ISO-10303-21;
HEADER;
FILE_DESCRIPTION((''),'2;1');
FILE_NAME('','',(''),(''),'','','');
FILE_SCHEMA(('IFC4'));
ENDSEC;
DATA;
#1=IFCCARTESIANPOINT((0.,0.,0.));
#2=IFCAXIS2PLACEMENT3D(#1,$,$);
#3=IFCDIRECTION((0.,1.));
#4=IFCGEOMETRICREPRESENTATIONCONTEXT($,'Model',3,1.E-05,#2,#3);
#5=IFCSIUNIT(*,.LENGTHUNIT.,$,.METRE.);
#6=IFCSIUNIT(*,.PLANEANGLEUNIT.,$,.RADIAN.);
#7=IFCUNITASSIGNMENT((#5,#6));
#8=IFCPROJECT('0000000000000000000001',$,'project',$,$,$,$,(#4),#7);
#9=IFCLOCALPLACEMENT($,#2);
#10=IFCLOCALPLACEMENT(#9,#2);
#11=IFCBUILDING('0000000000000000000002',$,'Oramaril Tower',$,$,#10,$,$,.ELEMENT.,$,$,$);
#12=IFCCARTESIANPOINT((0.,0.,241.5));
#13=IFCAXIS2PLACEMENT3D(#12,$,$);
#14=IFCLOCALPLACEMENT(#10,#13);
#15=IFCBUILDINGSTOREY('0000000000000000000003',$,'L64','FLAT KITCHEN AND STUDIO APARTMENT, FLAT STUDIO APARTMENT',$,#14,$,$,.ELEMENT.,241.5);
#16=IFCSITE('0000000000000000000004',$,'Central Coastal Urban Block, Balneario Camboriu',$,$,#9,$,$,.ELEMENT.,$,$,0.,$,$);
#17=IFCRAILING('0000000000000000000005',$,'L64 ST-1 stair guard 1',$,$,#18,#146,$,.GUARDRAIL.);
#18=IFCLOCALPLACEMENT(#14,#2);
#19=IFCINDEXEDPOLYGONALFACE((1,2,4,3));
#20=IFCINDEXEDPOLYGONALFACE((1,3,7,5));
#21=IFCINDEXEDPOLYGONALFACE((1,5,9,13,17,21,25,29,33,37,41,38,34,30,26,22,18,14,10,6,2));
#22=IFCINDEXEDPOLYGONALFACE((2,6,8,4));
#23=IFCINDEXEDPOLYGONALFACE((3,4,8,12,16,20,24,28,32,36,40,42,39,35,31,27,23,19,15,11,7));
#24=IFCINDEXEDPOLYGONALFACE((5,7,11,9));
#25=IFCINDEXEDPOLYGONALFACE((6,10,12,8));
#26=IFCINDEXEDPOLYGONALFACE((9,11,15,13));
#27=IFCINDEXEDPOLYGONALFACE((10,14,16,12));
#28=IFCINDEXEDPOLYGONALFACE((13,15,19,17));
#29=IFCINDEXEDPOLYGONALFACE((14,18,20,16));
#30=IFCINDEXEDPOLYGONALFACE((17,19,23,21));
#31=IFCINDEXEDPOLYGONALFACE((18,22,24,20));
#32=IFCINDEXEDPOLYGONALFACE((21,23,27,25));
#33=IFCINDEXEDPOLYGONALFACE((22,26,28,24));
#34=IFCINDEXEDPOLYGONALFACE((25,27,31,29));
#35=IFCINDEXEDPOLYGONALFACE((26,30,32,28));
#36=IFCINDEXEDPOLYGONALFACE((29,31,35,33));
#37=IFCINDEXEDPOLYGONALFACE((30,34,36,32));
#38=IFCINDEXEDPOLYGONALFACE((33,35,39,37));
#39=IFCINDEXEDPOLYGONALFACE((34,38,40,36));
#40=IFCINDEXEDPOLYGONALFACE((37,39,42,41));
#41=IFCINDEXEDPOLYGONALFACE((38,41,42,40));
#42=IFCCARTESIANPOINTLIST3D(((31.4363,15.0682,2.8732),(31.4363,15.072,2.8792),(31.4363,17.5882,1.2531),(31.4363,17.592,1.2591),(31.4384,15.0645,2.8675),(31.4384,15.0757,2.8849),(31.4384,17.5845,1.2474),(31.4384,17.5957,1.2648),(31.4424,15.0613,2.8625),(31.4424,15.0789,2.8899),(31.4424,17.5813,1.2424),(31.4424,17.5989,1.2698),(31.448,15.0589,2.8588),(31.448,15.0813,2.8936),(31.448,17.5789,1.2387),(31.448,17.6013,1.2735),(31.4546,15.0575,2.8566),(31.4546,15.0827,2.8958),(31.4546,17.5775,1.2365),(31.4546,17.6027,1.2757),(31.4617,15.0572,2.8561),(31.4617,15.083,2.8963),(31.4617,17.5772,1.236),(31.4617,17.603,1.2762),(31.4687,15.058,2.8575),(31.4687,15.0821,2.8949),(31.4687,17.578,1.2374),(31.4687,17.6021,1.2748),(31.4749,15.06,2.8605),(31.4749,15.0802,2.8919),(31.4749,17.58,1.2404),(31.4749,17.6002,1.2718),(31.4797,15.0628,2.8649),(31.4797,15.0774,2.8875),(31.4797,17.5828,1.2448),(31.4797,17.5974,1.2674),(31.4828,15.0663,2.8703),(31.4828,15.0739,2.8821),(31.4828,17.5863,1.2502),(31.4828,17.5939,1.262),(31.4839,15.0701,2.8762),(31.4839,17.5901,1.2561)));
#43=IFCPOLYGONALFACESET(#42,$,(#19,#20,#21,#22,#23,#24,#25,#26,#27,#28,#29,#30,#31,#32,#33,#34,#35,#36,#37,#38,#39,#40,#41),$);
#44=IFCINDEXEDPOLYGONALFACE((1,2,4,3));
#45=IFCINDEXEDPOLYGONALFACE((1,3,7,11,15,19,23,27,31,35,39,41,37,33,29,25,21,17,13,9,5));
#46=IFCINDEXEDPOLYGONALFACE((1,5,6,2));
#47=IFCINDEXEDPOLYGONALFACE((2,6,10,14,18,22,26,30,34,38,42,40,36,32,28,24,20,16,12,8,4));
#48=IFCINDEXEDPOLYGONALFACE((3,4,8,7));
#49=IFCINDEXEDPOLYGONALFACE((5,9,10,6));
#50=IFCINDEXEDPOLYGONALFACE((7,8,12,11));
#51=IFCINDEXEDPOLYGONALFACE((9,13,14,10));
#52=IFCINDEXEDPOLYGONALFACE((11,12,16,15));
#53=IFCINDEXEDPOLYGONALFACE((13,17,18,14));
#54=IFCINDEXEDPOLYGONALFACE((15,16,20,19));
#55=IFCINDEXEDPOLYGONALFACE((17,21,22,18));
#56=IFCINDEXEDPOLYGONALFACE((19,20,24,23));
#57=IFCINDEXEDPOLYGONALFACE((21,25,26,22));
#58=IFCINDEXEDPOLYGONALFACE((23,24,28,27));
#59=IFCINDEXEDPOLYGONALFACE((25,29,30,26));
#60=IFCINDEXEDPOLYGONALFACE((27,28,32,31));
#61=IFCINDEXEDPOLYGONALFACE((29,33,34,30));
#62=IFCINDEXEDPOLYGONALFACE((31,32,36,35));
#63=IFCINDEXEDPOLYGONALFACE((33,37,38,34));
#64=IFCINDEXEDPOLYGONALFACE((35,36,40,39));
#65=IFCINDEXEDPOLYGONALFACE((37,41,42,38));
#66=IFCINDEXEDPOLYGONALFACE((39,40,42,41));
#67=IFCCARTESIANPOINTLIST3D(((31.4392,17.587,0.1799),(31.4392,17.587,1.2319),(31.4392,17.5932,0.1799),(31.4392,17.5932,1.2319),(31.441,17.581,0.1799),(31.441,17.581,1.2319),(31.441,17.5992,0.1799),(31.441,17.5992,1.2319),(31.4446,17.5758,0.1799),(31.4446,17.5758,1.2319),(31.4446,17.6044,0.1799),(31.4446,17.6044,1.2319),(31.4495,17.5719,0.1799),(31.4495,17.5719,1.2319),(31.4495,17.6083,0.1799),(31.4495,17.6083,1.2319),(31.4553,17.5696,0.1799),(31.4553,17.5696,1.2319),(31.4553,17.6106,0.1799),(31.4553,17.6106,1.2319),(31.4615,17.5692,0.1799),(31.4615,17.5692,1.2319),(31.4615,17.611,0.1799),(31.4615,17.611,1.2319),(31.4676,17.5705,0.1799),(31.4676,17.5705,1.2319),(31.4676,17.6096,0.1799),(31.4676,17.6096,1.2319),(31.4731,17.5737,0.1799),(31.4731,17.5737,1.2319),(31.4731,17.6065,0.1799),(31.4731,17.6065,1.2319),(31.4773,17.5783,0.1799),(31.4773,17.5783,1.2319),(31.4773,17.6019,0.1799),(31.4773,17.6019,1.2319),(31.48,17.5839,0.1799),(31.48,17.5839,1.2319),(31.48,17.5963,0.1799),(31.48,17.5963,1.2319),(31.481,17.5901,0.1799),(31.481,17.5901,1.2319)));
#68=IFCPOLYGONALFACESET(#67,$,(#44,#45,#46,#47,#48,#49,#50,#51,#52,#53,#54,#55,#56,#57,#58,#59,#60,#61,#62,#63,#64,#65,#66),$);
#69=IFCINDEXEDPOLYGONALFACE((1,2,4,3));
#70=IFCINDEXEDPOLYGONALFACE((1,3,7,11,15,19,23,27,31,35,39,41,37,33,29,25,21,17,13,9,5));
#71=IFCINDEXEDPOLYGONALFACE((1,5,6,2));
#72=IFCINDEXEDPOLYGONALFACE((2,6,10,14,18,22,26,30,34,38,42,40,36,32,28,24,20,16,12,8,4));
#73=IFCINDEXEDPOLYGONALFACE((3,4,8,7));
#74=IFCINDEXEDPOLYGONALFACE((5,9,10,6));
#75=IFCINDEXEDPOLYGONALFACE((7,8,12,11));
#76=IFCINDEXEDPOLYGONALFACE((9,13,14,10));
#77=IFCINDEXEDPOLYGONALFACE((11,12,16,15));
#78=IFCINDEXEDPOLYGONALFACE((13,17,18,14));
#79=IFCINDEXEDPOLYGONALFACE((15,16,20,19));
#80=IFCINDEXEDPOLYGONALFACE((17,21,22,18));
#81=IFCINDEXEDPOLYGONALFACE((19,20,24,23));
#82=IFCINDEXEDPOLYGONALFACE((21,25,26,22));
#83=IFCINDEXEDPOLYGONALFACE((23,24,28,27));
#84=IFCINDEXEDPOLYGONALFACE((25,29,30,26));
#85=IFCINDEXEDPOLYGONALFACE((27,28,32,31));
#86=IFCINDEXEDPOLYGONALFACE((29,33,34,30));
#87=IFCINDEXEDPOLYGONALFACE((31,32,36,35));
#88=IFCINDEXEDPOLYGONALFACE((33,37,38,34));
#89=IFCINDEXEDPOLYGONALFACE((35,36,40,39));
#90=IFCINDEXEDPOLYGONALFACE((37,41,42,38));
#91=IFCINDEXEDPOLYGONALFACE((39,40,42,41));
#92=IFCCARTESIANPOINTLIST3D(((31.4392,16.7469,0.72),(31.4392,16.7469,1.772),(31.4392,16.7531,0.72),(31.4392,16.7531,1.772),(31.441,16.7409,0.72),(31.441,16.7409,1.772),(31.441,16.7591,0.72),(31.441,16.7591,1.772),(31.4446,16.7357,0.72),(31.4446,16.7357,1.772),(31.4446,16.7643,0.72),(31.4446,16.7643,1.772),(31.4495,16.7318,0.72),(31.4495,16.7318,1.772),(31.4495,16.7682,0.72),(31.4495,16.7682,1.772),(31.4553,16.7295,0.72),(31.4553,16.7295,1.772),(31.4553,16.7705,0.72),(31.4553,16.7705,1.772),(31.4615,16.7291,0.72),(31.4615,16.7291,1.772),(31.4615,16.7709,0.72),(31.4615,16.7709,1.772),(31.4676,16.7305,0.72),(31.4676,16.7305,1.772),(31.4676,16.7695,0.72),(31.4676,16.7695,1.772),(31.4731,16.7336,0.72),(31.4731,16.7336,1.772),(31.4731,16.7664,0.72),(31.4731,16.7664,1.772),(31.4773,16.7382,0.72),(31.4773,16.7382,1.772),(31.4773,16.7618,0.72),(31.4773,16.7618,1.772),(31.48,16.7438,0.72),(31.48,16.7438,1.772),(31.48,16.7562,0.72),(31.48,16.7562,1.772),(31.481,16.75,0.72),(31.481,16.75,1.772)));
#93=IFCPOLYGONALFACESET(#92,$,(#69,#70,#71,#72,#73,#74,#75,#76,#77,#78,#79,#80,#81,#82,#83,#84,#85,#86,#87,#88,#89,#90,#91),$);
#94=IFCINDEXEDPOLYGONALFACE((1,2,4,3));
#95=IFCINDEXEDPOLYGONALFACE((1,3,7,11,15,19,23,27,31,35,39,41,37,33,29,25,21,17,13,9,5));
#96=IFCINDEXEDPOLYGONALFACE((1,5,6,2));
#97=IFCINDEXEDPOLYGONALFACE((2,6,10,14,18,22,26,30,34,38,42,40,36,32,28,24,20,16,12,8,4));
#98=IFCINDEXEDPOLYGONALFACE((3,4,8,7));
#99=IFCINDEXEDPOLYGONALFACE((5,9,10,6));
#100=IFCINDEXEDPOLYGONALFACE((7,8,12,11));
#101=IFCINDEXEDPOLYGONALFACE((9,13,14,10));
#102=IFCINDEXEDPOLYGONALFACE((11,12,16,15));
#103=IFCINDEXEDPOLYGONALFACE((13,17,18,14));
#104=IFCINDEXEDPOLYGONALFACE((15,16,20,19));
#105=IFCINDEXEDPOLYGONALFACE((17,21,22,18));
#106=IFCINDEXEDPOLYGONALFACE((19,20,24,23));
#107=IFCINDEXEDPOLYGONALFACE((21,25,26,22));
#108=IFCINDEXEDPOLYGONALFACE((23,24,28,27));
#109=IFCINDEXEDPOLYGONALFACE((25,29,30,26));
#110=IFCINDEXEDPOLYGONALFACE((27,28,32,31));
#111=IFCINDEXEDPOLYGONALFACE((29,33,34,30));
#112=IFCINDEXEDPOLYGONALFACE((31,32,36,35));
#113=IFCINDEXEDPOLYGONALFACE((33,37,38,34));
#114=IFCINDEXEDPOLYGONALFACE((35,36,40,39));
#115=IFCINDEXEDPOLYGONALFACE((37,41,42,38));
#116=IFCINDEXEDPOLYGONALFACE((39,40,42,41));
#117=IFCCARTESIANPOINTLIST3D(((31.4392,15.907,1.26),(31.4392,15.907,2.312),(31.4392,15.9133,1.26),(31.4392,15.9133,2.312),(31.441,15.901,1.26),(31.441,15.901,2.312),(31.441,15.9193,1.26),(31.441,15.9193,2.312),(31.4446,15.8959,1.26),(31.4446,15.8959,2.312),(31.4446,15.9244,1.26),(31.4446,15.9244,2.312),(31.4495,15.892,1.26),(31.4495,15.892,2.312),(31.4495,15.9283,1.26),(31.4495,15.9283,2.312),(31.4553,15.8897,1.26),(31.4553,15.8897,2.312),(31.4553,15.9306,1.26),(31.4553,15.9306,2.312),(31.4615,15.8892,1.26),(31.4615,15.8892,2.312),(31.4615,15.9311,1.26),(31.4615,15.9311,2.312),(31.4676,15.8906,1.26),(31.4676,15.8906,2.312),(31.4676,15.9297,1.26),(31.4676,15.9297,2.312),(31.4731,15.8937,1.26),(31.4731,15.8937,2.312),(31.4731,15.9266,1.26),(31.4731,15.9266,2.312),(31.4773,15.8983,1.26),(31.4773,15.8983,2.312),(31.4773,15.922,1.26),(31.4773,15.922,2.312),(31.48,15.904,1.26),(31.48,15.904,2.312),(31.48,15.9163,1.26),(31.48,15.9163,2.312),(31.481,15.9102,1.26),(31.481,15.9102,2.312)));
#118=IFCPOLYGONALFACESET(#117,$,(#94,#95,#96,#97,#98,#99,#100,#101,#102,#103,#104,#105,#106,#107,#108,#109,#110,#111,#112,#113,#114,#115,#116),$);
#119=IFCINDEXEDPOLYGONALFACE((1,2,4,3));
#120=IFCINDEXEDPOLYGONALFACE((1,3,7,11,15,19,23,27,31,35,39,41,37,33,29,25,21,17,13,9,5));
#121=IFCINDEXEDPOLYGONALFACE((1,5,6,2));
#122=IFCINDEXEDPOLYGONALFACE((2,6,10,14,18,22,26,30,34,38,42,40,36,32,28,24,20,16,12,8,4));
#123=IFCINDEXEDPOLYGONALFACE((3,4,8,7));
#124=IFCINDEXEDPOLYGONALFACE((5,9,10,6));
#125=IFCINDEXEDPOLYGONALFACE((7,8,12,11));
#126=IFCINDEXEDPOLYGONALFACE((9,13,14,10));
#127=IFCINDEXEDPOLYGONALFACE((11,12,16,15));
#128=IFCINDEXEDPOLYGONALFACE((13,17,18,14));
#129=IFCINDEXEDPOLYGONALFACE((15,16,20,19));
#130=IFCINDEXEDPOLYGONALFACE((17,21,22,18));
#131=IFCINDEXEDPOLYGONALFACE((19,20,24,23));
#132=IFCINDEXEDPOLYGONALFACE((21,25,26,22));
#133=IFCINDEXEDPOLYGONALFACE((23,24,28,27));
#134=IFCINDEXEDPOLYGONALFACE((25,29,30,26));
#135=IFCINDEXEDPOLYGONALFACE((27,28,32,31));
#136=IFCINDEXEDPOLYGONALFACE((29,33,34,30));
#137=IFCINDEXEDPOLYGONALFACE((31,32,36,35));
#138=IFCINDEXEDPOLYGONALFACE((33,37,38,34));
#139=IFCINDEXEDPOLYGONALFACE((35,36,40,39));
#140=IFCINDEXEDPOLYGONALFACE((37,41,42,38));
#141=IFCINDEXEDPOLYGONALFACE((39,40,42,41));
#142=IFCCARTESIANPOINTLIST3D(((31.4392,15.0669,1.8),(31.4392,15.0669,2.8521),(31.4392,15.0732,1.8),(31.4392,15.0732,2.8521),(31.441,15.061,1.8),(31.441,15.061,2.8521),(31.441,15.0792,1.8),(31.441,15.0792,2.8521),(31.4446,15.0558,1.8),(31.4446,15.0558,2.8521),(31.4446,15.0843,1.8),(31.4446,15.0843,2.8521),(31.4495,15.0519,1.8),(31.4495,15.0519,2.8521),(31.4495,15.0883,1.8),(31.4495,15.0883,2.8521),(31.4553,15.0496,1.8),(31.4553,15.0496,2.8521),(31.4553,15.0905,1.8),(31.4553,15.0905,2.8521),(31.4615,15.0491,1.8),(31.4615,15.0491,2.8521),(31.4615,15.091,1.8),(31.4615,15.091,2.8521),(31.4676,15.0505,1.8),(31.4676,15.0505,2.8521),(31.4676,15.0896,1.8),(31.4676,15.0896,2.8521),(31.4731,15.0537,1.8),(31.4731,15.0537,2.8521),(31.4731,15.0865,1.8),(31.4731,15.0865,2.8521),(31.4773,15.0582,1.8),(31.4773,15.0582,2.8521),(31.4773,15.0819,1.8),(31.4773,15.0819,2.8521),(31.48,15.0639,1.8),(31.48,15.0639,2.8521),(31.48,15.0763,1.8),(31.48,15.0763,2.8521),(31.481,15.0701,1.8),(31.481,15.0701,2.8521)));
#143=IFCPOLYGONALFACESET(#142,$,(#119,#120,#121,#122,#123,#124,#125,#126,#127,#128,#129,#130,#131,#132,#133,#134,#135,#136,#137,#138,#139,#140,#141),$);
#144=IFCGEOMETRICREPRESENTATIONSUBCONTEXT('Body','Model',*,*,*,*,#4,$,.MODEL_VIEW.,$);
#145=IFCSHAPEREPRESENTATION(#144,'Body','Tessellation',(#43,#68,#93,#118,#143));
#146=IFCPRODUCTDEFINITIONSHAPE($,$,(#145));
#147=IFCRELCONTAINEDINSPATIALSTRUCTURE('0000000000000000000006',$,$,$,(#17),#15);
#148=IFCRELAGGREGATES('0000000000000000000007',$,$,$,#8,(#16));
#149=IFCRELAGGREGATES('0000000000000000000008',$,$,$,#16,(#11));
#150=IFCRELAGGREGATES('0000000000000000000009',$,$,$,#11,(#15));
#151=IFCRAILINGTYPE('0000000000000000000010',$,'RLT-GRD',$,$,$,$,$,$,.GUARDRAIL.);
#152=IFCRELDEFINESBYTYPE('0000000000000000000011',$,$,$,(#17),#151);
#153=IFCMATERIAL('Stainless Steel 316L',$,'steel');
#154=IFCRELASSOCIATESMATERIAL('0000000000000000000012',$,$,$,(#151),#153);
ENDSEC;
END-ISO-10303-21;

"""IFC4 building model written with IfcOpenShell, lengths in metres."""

from ifc_helpers import new_model, si_unit, direction, frame, origin, origin_2d, place, context, subcontext, project, spatial, circle, extrude, material, type_object, element, save


model = new_model("IFC4")

# Units and contexts
model_context = context("Model", 3, precision=1e-05, world=origin(), true_north=direction((0.0, 1.0)))
body_context = subcontext(model_context, "Body", "Model", "MODEL_VIEW")
ifc_project = project(units=[si_unit("LENGTHUNIT", "METRE"), si_unit("PLANEANGLEUNIT", "RADIAN")], contexts=[model_context])

# Site, building, storey
site_placement = place(None, origin())
site = spatial("IfcSite", under=ifc_project, at=site_placement, Name="Central Coastal Urban Block, Balneario Camboriu", CompositionType="ELEMENT", RefElevation=0.0)
building_placement = place(site_placement, origin())
building = spatial("IfcBuilding", under=site, at=building_placement, Name="Oramaril Tower", CompositionType="ELEMENT")
storey_placement = place(building_placement, frame((0.0, 0.0, 241.5)))
storey = spatial("IfcBuildingStorey", under=building, at=storey_placement, Name="L64", Description="FLAT KITCHEN AND STUDIO APARTMENT, FLAT STUDIO APARTMENT", CompositionType="ELEMENT", Elevation=241.5)

# Railing
ifc_material_1 = material(Name="Stainless Steel 316L", Category="steel")
railing_type_1 = type_object("IfcRailingType", Name="RLT-GRD", PredefinedType="GUARDRAIL", material=ifc_material_1)
railing_1_placement = place(storey_placement, frame((31.46, 17.5901, 0.1799)))
element("IfcRailing", 1, at=railing_1_placement, inside=storey, type_object=railing_type_1, Name="L64 ST-1 stair guard 1", PredefinedType="GUARDRAIL", context=body_context, shape_type="SweptSolid", body=[
    extrude(circle(Radius=0.0239, at=origin_2d()), frame((0.0, 0.0, 1.0762), z_axis=(0.0, -0.841163, 0.540782), x_axis=(1.0, 0.0, 0.0)), (0.0, 0.0, 1.0), 2.9958),
    extrude(circle(Radius=0.021, at=origin_2d()), origin(), (0.0, 0.0, 1.0), 1.052),
    extrude(circle(Radius=0.021, at=origin_2d()), frame((0.0, -0.8401, 0.54)), (0.0, 0.0, 1.0), 1.052),
    extrude(circle(Radius=0.021, at=origin_2d()), frame((0.0, -1.6799, 1.0801)), (0.0, 0.0, 1.0), 1.052),
    extrude(circle(Radius=0.021, at=origin_2d()), frame((0.0, -2.52, 1.6201)), (0.0, 0.0, 1.0), 1.052),
])

save(model, "model.ifc")
